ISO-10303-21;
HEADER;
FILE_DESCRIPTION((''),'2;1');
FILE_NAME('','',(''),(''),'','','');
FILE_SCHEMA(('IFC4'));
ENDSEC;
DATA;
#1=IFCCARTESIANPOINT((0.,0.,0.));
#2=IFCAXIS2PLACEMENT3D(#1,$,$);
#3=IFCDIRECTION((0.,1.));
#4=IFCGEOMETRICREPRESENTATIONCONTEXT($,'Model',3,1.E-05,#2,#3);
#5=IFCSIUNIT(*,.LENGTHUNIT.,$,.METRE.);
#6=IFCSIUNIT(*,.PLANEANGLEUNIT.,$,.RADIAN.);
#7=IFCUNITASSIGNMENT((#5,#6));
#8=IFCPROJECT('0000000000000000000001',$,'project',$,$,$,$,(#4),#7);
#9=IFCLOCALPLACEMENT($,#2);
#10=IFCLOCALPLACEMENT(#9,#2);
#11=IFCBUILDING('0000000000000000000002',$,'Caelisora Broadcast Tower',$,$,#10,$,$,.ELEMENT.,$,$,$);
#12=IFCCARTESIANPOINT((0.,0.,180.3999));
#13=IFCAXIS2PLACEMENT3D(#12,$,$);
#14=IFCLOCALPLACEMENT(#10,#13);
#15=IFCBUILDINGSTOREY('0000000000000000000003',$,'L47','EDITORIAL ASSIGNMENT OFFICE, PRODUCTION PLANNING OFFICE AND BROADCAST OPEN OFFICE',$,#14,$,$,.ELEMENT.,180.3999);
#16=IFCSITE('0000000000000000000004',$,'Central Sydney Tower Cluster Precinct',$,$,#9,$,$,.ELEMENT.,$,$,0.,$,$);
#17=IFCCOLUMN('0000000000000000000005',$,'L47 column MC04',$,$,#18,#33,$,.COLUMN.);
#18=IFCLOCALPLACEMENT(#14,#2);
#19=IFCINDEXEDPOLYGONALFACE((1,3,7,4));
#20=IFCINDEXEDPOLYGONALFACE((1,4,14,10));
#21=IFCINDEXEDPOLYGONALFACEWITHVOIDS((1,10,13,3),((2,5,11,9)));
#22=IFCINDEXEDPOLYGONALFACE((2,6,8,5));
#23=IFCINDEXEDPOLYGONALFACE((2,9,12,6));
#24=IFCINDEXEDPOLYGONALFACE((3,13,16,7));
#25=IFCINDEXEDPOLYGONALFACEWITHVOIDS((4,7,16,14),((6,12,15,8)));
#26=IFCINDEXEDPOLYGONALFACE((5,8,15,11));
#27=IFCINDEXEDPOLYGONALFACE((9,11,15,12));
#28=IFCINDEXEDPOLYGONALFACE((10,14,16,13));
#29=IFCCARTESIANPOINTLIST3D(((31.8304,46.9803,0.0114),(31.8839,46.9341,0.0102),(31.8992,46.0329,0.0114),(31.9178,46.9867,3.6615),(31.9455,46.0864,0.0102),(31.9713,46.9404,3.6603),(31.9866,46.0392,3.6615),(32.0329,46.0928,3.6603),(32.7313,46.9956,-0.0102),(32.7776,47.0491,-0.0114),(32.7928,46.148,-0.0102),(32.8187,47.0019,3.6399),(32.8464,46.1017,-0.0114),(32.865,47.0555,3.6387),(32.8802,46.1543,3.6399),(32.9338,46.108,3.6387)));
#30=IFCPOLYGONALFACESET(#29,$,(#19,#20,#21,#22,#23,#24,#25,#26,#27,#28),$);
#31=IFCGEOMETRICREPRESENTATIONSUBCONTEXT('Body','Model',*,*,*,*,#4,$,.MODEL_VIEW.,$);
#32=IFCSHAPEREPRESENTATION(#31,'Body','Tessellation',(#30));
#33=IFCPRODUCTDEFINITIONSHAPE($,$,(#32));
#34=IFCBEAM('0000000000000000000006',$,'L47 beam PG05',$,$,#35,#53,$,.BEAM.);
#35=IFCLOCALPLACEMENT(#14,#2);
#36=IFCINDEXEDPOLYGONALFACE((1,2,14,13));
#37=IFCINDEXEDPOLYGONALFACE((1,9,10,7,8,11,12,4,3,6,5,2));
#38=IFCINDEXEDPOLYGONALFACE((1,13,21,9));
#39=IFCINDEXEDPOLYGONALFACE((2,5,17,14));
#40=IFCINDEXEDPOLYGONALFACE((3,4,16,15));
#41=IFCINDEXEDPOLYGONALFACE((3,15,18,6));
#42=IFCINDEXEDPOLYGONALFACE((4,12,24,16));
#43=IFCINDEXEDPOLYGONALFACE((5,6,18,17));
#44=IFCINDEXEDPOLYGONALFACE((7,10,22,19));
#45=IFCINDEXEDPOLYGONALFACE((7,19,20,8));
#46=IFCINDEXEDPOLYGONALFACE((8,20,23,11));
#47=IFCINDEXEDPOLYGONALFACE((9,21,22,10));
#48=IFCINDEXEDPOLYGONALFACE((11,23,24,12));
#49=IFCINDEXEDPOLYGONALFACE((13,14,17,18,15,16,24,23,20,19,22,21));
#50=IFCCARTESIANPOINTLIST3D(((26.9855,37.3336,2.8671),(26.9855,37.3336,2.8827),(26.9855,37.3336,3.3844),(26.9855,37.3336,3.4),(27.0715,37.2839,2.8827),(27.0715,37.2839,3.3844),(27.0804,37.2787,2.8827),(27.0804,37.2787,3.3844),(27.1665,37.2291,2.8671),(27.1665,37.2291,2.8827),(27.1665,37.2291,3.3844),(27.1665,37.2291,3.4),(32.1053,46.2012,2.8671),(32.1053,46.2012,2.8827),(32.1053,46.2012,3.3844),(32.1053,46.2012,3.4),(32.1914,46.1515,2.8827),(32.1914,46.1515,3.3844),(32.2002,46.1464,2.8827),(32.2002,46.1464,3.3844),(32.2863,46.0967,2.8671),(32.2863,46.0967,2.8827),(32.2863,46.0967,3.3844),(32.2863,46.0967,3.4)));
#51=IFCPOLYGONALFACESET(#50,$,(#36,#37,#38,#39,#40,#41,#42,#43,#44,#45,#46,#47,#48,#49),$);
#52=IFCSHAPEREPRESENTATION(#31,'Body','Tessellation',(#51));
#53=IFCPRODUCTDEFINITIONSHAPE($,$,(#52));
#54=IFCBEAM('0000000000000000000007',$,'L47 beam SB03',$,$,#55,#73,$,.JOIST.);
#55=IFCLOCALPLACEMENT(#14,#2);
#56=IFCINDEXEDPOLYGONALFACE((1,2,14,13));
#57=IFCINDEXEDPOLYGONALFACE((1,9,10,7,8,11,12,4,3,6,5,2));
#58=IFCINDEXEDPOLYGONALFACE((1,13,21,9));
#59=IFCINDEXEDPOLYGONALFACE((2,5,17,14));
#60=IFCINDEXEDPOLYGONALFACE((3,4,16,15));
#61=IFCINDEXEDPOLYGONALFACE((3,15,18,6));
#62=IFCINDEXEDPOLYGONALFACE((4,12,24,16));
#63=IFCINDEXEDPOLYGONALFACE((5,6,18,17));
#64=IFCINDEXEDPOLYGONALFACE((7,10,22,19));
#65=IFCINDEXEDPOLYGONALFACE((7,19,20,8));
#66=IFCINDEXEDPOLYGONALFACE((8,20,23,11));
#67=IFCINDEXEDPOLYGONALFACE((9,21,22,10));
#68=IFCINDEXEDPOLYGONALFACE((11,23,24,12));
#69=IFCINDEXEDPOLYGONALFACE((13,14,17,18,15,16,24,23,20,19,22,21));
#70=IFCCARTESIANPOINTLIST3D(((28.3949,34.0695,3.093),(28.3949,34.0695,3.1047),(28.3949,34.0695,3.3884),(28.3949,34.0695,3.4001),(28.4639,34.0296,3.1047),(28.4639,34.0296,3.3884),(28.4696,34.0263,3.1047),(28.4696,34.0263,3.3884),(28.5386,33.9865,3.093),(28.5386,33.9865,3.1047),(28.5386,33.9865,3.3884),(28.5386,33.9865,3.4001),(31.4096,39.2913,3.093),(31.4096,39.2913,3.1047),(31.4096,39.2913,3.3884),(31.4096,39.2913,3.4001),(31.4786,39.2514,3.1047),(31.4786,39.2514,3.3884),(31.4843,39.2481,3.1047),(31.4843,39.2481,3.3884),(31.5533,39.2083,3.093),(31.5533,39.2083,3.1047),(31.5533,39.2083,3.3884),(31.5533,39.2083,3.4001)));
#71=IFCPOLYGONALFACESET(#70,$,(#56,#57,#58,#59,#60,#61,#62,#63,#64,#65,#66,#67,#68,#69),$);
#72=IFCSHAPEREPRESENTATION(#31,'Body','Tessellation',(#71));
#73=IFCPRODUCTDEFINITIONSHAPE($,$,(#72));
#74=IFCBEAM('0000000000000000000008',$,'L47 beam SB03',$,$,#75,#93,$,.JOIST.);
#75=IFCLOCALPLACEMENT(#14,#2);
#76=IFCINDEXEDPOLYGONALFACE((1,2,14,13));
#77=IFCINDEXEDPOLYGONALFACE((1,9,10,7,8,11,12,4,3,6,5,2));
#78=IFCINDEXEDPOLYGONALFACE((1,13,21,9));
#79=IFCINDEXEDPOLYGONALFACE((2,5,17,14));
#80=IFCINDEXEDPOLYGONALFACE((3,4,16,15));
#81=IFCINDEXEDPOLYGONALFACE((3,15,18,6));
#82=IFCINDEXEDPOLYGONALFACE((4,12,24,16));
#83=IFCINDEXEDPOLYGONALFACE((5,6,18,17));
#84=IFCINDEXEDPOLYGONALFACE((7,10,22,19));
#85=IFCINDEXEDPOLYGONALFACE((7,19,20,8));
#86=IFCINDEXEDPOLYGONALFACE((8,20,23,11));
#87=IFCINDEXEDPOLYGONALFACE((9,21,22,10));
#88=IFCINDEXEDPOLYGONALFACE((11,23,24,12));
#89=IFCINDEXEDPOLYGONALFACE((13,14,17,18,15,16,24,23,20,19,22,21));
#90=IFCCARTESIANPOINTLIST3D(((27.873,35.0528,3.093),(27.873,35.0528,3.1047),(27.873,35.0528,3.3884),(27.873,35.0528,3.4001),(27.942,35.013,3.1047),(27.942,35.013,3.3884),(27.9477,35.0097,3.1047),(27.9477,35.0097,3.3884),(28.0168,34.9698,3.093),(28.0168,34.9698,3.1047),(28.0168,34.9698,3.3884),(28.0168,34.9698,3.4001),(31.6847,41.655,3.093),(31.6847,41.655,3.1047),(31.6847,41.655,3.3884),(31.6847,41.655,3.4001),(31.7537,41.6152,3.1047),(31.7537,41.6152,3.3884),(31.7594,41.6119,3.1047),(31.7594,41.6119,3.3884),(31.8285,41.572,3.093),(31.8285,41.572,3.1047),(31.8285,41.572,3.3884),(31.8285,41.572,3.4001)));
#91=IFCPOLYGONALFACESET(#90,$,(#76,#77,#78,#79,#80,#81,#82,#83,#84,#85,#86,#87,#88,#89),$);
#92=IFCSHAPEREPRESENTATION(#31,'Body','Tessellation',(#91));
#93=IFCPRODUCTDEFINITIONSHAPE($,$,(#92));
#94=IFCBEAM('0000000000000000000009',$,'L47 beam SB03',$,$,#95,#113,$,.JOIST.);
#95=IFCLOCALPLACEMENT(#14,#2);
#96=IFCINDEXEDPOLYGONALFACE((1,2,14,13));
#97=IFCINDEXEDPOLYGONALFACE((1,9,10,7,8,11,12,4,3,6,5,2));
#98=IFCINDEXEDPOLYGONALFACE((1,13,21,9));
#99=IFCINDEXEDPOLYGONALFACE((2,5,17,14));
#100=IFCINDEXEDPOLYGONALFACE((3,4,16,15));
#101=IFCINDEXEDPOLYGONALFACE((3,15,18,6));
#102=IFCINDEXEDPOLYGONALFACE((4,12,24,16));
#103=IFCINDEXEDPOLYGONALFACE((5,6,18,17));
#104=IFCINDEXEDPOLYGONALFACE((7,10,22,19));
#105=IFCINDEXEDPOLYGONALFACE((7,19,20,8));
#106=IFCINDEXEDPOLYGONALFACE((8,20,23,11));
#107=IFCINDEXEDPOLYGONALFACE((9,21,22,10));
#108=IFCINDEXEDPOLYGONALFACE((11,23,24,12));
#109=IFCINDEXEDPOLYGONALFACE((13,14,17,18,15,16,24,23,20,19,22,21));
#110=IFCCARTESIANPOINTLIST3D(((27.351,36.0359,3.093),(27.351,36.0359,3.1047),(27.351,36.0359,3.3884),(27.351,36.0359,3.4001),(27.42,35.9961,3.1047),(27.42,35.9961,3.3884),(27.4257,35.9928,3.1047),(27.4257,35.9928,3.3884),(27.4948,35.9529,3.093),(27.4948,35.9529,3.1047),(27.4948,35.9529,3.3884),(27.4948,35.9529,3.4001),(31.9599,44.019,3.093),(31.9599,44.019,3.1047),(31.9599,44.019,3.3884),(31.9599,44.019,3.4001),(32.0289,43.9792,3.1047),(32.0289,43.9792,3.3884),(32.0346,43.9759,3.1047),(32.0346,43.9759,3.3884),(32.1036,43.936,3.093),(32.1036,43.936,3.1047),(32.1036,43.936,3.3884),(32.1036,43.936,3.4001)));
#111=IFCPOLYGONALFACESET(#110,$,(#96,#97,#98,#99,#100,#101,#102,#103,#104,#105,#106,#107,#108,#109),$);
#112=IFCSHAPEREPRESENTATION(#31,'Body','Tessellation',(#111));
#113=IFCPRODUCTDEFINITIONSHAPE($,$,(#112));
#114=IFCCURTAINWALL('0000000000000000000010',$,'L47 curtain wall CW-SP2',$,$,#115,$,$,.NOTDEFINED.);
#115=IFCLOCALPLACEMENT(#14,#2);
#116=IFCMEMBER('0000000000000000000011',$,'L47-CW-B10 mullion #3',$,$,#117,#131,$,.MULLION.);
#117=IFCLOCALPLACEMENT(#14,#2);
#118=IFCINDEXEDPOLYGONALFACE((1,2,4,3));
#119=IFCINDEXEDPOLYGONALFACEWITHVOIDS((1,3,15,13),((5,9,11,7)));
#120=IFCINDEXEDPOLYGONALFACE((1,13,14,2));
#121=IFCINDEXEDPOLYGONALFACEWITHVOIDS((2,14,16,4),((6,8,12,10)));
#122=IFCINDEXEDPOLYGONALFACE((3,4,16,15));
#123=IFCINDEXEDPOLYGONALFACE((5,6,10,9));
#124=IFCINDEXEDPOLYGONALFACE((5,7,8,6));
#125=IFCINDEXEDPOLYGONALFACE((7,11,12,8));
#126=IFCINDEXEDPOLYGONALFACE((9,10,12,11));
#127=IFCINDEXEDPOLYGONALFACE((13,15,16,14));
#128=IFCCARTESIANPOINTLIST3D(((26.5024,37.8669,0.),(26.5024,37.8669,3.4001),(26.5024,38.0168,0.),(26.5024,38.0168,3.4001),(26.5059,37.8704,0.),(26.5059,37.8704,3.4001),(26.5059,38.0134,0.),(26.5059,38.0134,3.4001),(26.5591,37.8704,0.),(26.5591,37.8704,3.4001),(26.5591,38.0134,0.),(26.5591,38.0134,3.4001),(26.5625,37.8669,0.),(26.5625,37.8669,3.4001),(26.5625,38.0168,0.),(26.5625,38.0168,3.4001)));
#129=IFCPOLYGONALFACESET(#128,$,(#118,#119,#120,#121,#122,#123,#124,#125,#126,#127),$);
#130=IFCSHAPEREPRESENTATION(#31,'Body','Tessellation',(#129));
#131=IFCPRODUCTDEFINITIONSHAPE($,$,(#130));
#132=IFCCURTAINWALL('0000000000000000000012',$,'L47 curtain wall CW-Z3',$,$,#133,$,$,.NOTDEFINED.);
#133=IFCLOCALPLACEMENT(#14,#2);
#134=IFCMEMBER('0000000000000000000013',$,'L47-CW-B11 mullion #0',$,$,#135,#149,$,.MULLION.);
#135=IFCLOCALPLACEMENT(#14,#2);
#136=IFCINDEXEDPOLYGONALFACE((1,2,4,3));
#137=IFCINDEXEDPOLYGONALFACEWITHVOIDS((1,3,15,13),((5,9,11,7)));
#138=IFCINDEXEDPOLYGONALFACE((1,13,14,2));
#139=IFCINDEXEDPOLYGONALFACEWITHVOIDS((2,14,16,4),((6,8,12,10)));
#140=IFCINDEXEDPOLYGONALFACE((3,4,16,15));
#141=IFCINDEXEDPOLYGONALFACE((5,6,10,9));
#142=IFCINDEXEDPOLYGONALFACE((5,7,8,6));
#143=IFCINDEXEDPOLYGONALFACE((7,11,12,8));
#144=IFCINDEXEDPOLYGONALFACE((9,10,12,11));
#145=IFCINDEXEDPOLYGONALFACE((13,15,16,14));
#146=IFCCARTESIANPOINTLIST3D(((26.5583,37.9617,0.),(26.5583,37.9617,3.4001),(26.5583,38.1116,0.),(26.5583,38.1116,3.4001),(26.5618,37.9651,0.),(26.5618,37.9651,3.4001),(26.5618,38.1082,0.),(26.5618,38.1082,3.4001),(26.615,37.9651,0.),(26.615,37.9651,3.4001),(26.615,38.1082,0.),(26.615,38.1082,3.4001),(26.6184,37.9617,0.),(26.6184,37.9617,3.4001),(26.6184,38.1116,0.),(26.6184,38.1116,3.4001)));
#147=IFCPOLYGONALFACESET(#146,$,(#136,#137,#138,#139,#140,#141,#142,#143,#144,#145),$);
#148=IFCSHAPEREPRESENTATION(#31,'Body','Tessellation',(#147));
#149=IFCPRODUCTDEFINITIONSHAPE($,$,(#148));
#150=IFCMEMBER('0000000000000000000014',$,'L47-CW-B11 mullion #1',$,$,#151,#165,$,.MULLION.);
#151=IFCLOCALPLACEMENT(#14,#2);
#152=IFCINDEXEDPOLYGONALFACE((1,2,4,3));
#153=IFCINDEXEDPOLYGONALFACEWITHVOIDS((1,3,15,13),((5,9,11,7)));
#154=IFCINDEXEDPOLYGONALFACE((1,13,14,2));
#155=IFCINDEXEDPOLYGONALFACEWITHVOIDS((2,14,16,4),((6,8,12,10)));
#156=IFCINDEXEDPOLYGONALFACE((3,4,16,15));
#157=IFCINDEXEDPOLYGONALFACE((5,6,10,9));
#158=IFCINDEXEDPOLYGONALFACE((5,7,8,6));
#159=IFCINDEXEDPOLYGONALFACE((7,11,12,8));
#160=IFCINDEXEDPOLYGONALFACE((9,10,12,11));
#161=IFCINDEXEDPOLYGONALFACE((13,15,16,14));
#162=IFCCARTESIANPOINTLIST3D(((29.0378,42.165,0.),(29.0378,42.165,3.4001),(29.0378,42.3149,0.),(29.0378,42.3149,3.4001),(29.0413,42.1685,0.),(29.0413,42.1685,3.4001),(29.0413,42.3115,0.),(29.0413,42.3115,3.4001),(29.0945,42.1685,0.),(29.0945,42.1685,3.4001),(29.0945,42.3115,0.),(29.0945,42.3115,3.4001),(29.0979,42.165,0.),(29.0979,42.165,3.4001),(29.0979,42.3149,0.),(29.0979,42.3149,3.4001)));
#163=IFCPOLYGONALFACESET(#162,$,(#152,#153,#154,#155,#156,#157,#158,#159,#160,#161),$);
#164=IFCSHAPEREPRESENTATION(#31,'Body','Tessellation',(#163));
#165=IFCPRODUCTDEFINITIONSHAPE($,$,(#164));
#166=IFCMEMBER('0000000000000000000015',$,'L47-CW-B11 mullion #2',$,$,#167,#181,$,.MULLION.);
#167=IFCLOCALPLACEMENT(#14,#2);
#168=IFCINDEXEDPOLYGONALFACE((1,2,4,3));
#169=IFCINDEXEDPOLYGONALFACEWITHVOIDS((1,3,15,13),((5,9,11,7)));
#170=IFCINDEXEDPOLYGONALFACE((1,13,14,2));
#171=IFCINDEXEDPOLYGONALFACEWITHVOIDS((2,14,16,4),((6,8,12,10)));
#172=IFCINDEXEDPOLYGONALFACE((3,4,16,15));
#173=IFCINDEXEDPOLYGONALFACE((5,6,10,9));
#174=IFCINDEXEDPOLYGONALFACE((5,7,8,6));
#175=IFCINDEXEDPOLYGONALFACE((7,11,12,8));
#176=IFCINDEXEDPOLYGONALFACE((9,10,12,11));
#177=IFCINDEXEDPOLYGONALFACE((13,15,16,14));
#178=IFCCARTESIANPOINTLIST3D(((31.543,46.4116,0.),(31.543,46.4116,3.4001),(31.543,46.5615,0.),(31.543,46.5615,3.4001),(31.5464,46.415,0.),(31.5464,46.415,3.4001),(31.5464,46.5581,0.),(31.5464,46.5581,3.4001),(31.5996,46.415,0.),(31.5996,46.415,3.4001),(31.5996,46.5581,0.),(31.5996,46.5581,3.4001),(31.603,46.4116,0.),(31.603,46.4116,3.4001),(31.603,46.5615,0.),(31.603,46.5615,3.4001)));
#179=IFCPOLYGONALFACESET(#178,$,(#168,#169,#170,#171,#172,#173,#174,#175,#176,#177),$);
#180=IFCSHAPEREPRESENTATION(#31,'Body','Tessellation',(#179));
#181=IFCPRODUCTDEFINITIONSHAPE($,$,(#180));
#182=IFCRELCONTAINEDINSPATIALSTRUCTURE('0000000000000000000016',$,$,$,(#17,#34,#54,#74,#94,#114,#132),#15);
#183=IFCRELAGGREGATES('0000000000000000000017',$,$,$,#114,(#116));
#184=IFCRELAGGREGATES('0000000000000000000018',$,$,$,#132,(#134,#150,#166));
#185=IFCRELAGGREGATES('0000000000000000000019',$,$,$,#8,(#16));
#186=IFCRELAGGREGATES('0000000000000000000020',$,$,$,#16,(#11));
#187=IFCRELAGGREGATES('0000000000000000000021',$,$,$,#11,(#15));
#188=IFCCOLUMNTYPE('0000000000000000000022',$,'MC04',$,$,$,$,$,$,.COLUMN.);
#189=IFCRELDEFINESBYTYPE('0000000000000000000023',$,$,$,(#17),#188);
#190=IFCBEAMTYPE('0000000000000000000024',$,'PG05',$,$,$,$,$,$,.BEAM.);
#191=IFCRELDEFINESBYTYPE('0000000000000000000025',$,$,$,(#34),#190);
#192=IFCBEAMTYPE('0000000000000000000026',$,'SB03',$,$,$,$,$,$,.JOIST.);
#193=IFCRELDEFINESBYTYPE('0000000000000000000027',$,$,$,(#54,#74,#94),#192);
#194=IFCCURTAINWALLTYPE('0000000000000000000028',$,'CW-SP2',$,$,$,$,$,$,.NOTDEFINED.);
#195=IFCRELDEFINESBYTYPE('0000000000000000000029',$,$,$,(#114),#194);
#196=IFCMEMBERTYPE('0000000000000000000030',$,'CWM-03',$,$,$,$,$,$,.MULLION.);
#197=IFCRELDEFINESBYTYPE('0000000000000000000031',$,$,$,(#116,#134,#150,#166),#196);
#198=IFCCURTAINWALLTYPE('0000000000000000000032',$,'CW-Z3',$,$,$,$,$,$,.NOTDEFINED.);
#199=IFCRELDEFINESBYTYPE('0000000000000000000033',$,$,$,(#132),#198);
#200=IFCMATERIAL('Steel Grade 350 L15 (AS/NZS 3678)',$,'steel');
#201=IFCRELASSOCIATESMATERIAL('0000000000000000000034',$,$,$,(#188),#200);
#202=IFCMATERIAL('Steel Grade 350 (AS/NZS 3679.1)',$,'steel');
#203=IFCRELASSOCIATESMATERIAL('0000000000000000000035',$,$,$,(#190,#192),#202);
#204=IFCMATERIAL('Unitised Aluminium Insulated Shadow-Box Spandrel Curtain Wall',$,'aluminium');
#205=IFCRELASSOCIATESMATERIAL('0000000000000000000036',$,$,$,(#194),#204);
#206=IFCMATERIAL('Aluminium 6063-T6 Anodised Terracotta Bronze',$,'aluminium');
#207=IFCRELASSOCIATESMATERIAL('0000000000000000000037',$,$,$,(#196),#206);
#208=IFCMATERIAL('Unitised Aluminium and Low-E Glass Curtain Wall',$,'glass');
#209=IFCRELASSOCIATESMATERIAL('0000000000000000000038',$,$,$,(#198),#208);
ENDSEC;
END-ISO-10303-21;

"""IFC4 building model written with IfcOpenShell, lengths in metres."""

from ifc_helpers import new_model, si_unit, direction, frame, origin, origin_2d, place, context, subcontext, project, spatial, hollow_rectangle, i_section, extrude, source, transform, mapped, material, material_profile, profile_set, type_object, type_shapes, element, aggregate, save


model = new_model("IFC4")

# Units and contexts
model_context = context("Model", 3, precision=1e-05, world=origin(), true_north=direction((0.0, 1.0)))
body_context = subcontext(model_context, "Body", "Model", "MODEL_VIEW")
ifc_project = project(units=[si_unit("LENGTHUNIT", "METRE"), si_unit("PLANEANGLEUNIT", "RADIAN")], contexts=[model_context])

# Site, building, storey
site_placement = place(None, origin())
site = spatial("IfcSite", under=ifc_project, at=site_placement, Name="Central Sydney Tower Cluster Precinct", CompositionType="ELEMENT", RefElevation=0.0)
building_placement = place(site_placement, origin())
building = spatial("IfcBuilding", under=site, at=building_placement, Name="Caelisora Broadcast Tower", CompositionType="ELEMENT")
storey_placement = place(building_placement, frame((0.0, 0.0, 180.3999)))
storey = spatial("IfcBuildingStorey", under=building, at=storey_placement, Name="L47", Description="EDITORIAL ASSIGNMENT OFFICE, PRODUCTION PLANNING OFFICE AND BROADCAST OPEN OFFICE", CompositionType="ELEMENT", Elevation=180.3999)

# Column
ifc_material_1 = material(Name="Steel Grade 350 L15 (AS/NZS 3678)", Category="steel")
ifc_material_profile_1 = material_profile(ifc_material_1, hollow_rectangle(XDim=0.95, YDim=0.95, WallThickness=0.05, at=origin_2d()), Name="Steel Grade 350 L15 (AS/NZS 3678)")
ifc_profile_set_1 = profile_set([ifc_material_profile_1], Name="Steel Grade 350 L15 (AS/NZS 3678)")
column_type = type_object("IfcColumnType", Name="MC04", PredefinedType="COLUMN", material=ifc_profile_set_1)
shared_shape_1 = source(origin(), body_context, "Body", "SweptSolid", [
    extrude(hollow_rectangle(XDim=0.95, YDim=0.95, WallThickness=0.05, at=origin_2d()), origin(), (0.0, 0.0, 1.0), 3.6511),
])
type_shapes(column_type, [shared_shape_1])
column_placement = place(storey_placement, frame((32.3384, 46.541, 0.0), z_axis=(0.023938, 0.001739, 0.999712), x_axis=(-0.072435, 0.997373, 0.0)))
element("IfcColumn", 1, at=column_placement, inside=storey, type_object=column_type, Name="L47 column MC04", PredefinedType="COLUMN", context=body_context, shape_type="MappedRepresentation", body=[
    mapped(shared_shape_1, transform((0.0, 0.0, 0.0), scale=1.0)),
])

# Beams
ifc_material_2 = material(Name="Steel Grade 350 (AS/NZS 3679.1)", Category="steel")
ifc_material_profile_2 = material_profile(ifc_material_2, i_section(OverallWidth=0.209, OverallDepth=0.533, WebThickness=0.0103, FlangeThickness=0.0156, at=origin_2d()), Name="Steel Grade 350 (AS/NZS 3679.1)")
ifc_profile_set_2 = profile_set([ifc_material_profile_2], Name="Steel Grade 350 (AS/NZS 3679.1)")
beam_type_1 = type_object("IfcBeamType", Name="PG05", PredefinedType="BEAM", material=ifc_profile_set_2)
shared_shape_2 = source(origin(), body_context, "Body", "SweptSolid", [
    extrude(i_section(OverallWidth=0.209, OverallDepth=0.533, WebThickness=0.0103, FlangeThickness=0.0156, at=origin_2d()), origin(), (0.0, 0.0, 1.0), 10.2395),
])
type_shapes(beam_type_1, [shared_shape_2])
beam_1_placement = place(storey_placement, frame((32.1958, 46.1489, 3.1335), z_axis=(-0.500009, -0.86602, 0.0), x_axis=(0.86602, -0.500009, 0.0)))
element("IfcBeam", 2, at=beam_1_placement, inside=storey, type_object=beam_type_1, Name="L47 beam PG05", PredefinedType="BEAM", context=body_context, shape_type="MappedRepresentation", body=[
    mapped(shared_shape_2, transform((0.0, 0.0, 0.0), scale=1.0)),
])
ifc_material_profile_3 = material_profile(ifc_material_2, i_section(OverallWidth=0.166, OverallDepth=0.3071, WebThickness=0.0066, FlangeThickness=0.0117, at=origin_2d()), Name="Steel Grade 350 (AS/NZS 3679.1)")
ifc_profile_set_3 = profile_set([ifc_material_profile_3], Name="Steel Grade 350 (AS/NZS 3679.1)")
beam_type_2 = type_object("IfcBeamType", Name="SB03", PredefinedType="JOIST", material=ifc_profile_set_3)
shared_shape_3 = source(origin(), body_context, "Body", "SweptSolid", [
    extrude(i_section(OverallWidth=0.166, OverallDepth=0.3071, WebThickness=0.0066, FlangeThickness=0.0117, at=origin_2d()), origin(), (0.0, 0.0, 1.0), 6.0295),
])
beam_2_placement = place(storey_placement, frame((31.4814, 39.2498, 3.2466), z_axis=(-0.499989, -0.866032, 0.0), x_axis=(0.866032, -0.499989, 0.0)))
element("IfcBeam", 3, at=beam_2_placement, inside=storey, type_object=beam_type_2, Name="L47 beam SB03", PredefinedType="JOIST", context=body_context, shape_type="MappedRepresentation", body=[
    mapped(shared_shape_3, transform((0.0, 0.0, 0.0), scale=1.0)),
])
shared_shape_4 = source(origin(), body_context, "Body", "SweptSolid", [
    extrude(i_section(OverallWidth=0.166, OverallDepth=0.3071, WebThickness=0.0066, FlangeThickness=0.0117, at=origin_2d()), origin(), (0.0, 0.0, 1.0), 7.6235),
])
beam_3_placement = place(storey_placement, frame((31.7566, 41.6135, 3.2466), z_axis=(-0.499993, -0.866029, 0.0), x_axis=(0.866029, -0.499993, 0.0)))
element("IfcBeam", 4, at=beam_3_placement, inside=storey, type_object=beam_type_2, Name="L47 beam SB03", PredefinedType="JOIST", context=body_context, shape_type="MappedRepresentation", body=[
    mapped(shared_shape_4, transform((0.0, 0.0, 0.0), scale=1.0)),
])
shared_shape_5 = source(origin(), body_context, "Body", "SweptSolid", [
    extrude(i_section(OverallWidth=0.166, OverallDepth=0.3071, WebThickness=0.0066, FlangeThickness=0.0117, at=origin_2d()), origin(), (0.0, 0.0, 1.0), 9.218),
])
type_shapes(beam_type_2, [shared_shape_3, shared_shape_4, shared_shape_5])
beam_4_placement = place(storey_placement, frame((32.0317, 43.9775, 3.2466), z_axis=(-0.499985, -0.866034, 0.0), x_axis=(0.866034, -0.499985, 0.0)))
element("IfcBeam", 5, at=beam_4_placement, inside=storey, type_object=beam_type_2, Name="L47 beam SB03", PredefinedType="JOIST", context=body_context, shape_type="MappedRepresentation", body=[
    mapped(shared_shape_5, transform((0.0, 0.0, 0.0), scale=1.0)),
])

# Curtain wall, member
ifc_material_3 = material(Name="Unitised Aluminium Insulated Shadow-Box Spandrel Curtain Wall", Category="aluminium")
curtain_wall_type_1 = type_object("IfcCurtainWallType", Name="CW-SP2", PredefinedType="NOTDEFINED", material=ifc_material_3)
curtain_wall_1_placement = place(storey_placement, origin())
curtain_wall_1 = element("IfcCurtainWall", 6, at=curtain_wall_1_placement, inside=storey, type_object=curtain_wall_type_1, Name="L47 curtain wall CW-SP2", PredefinedType="NOTDEFINED")
ifc_material_4 = material(Name="Aluminium 6063-T6 Anodised Terracotta Bronze", Category="aluminium")
ifc_material_profile_4 = material_profile(ifc_material_4, hollow_rectangle(XDim=0.0601, YDim=0.1499, WallThickness=0.0034, at=origin_2d()), Name="Aluminium 6063-T6 Anodised Terracotta Bronze")
ifc_profile_set_4 = profile_set([ifc_material_profile_4], Name="Aluminium 6063-T6 Anodised Terracotta Bronze")
member_type_1 = type_object("IfcMemberType", Name="CWM-03", PredefinedType="MULLION", material=ifc_profile_set_4)
shared_shape_6 = source(origin(), body_context, "Body", "SweptSolid", [
    extrude(hollow_rectangle(XDim=0.0601, YDim=0.1499, WallThickness=0.0034, at=origin_2d()), origin(), (0.0, 0.0, 1.0), 3.4001),
])
type_shapes(member_type_1, [shared_shape_6])
member_1_placement = place(storey_placement, frame((26.5325, 37.9419, 0.0), z_axis=(0.0, 0.0, 1.0), x_axis=(1.0, 0.0, 0.0)))
member_1 = element("IfcMember", 7, at=member_1_placement, type_object=member_type_1, Name="L47-CW-B10 mullion #3", PredefinedType="MULLION", context=body_context, shape_type="MappedRepresentation", body=[
    mapped(shared_shape_6, transform((0.0, 0.0, 0.0), scale=1.0)),
])
aggregate(curtain_wall_1, [member_1])

# Curtain wall, members
ifc_material_5 = material(Name="Unitised Aluminium and Low-E Glass Curtain Wall", Category="glass")
curtain_wall_type_2 = type_object("IfcCurtainWallType", Name="CW-Z3", PredefinedType="NOTDEFINED", material=ifc_material_5)
curtain_wall_2_placement = place(storey_placement, origin())
curtain_wall_2 = element("IfcCurtainWall", 8, at=curtain_wall_2_placement, inside=storey, type_object=curtain_wall_type_2, Name="L47 curtain wall CW-Z3", PredefinedType="NOTDEFINED")
member_2_placement = place(storey_placement, frame((26.5884, 38.0366, 0.0), z_axis=(0.0, 0.0, 1.0), x_axis=(1.0, 0.0, 0.0)))
member_2 = element("IfcMember", 9, at=member_2_placement, type_object=member_type_1, Name="L47-CW-B11 mullion #0", PredefinedType="MULLION", context=body_context, shape_type="MappedRepresentation", body=[
    mapped(shared_shape_6, transform((0.0, 0.0, 0.0), scale=1.0)),
])
member_3_placement = place(storey_placement, frame((29.0679, 42.24, 0.0), z_axis=(0.0, 0.0, 1.0), x_axis=(1.0, 0.0, 0.0)))
member_3 = element("IfcMember", 10, at=member_3_placement, type_object=member_type_1, Name="L47-CW-B11 mullion #1", PredefinedType="MULLION", context=body_context, shape_type="MappedRepresentation", body=[
    mapped(shared_shape_6, transform((0.0, 0.0, 0.0), scale=1.0)),
])
member_4_placement = place(storey_placement, frame((31.573, 46.4866, 0.0), z_axis=(0.0, 0.0, 1.0), x_axis=(1.0, 0.0, 0.0)))
member_4 = element("IfcMember", 11, at=member_4_placement, type_object=member_type_1, Name="L47-CW-B11 mullion #2", PredefinedType="MULLION", context=body_context, shape_type="MappedRepresentation", body=[
    mapped(shared_shape_6, transform((0.0, 0.0, 0.0), scale=1.0)),
])
aggregate(curtain_wall_2, [member_2, member_3, member_4])

save(model, "model.ifc")
